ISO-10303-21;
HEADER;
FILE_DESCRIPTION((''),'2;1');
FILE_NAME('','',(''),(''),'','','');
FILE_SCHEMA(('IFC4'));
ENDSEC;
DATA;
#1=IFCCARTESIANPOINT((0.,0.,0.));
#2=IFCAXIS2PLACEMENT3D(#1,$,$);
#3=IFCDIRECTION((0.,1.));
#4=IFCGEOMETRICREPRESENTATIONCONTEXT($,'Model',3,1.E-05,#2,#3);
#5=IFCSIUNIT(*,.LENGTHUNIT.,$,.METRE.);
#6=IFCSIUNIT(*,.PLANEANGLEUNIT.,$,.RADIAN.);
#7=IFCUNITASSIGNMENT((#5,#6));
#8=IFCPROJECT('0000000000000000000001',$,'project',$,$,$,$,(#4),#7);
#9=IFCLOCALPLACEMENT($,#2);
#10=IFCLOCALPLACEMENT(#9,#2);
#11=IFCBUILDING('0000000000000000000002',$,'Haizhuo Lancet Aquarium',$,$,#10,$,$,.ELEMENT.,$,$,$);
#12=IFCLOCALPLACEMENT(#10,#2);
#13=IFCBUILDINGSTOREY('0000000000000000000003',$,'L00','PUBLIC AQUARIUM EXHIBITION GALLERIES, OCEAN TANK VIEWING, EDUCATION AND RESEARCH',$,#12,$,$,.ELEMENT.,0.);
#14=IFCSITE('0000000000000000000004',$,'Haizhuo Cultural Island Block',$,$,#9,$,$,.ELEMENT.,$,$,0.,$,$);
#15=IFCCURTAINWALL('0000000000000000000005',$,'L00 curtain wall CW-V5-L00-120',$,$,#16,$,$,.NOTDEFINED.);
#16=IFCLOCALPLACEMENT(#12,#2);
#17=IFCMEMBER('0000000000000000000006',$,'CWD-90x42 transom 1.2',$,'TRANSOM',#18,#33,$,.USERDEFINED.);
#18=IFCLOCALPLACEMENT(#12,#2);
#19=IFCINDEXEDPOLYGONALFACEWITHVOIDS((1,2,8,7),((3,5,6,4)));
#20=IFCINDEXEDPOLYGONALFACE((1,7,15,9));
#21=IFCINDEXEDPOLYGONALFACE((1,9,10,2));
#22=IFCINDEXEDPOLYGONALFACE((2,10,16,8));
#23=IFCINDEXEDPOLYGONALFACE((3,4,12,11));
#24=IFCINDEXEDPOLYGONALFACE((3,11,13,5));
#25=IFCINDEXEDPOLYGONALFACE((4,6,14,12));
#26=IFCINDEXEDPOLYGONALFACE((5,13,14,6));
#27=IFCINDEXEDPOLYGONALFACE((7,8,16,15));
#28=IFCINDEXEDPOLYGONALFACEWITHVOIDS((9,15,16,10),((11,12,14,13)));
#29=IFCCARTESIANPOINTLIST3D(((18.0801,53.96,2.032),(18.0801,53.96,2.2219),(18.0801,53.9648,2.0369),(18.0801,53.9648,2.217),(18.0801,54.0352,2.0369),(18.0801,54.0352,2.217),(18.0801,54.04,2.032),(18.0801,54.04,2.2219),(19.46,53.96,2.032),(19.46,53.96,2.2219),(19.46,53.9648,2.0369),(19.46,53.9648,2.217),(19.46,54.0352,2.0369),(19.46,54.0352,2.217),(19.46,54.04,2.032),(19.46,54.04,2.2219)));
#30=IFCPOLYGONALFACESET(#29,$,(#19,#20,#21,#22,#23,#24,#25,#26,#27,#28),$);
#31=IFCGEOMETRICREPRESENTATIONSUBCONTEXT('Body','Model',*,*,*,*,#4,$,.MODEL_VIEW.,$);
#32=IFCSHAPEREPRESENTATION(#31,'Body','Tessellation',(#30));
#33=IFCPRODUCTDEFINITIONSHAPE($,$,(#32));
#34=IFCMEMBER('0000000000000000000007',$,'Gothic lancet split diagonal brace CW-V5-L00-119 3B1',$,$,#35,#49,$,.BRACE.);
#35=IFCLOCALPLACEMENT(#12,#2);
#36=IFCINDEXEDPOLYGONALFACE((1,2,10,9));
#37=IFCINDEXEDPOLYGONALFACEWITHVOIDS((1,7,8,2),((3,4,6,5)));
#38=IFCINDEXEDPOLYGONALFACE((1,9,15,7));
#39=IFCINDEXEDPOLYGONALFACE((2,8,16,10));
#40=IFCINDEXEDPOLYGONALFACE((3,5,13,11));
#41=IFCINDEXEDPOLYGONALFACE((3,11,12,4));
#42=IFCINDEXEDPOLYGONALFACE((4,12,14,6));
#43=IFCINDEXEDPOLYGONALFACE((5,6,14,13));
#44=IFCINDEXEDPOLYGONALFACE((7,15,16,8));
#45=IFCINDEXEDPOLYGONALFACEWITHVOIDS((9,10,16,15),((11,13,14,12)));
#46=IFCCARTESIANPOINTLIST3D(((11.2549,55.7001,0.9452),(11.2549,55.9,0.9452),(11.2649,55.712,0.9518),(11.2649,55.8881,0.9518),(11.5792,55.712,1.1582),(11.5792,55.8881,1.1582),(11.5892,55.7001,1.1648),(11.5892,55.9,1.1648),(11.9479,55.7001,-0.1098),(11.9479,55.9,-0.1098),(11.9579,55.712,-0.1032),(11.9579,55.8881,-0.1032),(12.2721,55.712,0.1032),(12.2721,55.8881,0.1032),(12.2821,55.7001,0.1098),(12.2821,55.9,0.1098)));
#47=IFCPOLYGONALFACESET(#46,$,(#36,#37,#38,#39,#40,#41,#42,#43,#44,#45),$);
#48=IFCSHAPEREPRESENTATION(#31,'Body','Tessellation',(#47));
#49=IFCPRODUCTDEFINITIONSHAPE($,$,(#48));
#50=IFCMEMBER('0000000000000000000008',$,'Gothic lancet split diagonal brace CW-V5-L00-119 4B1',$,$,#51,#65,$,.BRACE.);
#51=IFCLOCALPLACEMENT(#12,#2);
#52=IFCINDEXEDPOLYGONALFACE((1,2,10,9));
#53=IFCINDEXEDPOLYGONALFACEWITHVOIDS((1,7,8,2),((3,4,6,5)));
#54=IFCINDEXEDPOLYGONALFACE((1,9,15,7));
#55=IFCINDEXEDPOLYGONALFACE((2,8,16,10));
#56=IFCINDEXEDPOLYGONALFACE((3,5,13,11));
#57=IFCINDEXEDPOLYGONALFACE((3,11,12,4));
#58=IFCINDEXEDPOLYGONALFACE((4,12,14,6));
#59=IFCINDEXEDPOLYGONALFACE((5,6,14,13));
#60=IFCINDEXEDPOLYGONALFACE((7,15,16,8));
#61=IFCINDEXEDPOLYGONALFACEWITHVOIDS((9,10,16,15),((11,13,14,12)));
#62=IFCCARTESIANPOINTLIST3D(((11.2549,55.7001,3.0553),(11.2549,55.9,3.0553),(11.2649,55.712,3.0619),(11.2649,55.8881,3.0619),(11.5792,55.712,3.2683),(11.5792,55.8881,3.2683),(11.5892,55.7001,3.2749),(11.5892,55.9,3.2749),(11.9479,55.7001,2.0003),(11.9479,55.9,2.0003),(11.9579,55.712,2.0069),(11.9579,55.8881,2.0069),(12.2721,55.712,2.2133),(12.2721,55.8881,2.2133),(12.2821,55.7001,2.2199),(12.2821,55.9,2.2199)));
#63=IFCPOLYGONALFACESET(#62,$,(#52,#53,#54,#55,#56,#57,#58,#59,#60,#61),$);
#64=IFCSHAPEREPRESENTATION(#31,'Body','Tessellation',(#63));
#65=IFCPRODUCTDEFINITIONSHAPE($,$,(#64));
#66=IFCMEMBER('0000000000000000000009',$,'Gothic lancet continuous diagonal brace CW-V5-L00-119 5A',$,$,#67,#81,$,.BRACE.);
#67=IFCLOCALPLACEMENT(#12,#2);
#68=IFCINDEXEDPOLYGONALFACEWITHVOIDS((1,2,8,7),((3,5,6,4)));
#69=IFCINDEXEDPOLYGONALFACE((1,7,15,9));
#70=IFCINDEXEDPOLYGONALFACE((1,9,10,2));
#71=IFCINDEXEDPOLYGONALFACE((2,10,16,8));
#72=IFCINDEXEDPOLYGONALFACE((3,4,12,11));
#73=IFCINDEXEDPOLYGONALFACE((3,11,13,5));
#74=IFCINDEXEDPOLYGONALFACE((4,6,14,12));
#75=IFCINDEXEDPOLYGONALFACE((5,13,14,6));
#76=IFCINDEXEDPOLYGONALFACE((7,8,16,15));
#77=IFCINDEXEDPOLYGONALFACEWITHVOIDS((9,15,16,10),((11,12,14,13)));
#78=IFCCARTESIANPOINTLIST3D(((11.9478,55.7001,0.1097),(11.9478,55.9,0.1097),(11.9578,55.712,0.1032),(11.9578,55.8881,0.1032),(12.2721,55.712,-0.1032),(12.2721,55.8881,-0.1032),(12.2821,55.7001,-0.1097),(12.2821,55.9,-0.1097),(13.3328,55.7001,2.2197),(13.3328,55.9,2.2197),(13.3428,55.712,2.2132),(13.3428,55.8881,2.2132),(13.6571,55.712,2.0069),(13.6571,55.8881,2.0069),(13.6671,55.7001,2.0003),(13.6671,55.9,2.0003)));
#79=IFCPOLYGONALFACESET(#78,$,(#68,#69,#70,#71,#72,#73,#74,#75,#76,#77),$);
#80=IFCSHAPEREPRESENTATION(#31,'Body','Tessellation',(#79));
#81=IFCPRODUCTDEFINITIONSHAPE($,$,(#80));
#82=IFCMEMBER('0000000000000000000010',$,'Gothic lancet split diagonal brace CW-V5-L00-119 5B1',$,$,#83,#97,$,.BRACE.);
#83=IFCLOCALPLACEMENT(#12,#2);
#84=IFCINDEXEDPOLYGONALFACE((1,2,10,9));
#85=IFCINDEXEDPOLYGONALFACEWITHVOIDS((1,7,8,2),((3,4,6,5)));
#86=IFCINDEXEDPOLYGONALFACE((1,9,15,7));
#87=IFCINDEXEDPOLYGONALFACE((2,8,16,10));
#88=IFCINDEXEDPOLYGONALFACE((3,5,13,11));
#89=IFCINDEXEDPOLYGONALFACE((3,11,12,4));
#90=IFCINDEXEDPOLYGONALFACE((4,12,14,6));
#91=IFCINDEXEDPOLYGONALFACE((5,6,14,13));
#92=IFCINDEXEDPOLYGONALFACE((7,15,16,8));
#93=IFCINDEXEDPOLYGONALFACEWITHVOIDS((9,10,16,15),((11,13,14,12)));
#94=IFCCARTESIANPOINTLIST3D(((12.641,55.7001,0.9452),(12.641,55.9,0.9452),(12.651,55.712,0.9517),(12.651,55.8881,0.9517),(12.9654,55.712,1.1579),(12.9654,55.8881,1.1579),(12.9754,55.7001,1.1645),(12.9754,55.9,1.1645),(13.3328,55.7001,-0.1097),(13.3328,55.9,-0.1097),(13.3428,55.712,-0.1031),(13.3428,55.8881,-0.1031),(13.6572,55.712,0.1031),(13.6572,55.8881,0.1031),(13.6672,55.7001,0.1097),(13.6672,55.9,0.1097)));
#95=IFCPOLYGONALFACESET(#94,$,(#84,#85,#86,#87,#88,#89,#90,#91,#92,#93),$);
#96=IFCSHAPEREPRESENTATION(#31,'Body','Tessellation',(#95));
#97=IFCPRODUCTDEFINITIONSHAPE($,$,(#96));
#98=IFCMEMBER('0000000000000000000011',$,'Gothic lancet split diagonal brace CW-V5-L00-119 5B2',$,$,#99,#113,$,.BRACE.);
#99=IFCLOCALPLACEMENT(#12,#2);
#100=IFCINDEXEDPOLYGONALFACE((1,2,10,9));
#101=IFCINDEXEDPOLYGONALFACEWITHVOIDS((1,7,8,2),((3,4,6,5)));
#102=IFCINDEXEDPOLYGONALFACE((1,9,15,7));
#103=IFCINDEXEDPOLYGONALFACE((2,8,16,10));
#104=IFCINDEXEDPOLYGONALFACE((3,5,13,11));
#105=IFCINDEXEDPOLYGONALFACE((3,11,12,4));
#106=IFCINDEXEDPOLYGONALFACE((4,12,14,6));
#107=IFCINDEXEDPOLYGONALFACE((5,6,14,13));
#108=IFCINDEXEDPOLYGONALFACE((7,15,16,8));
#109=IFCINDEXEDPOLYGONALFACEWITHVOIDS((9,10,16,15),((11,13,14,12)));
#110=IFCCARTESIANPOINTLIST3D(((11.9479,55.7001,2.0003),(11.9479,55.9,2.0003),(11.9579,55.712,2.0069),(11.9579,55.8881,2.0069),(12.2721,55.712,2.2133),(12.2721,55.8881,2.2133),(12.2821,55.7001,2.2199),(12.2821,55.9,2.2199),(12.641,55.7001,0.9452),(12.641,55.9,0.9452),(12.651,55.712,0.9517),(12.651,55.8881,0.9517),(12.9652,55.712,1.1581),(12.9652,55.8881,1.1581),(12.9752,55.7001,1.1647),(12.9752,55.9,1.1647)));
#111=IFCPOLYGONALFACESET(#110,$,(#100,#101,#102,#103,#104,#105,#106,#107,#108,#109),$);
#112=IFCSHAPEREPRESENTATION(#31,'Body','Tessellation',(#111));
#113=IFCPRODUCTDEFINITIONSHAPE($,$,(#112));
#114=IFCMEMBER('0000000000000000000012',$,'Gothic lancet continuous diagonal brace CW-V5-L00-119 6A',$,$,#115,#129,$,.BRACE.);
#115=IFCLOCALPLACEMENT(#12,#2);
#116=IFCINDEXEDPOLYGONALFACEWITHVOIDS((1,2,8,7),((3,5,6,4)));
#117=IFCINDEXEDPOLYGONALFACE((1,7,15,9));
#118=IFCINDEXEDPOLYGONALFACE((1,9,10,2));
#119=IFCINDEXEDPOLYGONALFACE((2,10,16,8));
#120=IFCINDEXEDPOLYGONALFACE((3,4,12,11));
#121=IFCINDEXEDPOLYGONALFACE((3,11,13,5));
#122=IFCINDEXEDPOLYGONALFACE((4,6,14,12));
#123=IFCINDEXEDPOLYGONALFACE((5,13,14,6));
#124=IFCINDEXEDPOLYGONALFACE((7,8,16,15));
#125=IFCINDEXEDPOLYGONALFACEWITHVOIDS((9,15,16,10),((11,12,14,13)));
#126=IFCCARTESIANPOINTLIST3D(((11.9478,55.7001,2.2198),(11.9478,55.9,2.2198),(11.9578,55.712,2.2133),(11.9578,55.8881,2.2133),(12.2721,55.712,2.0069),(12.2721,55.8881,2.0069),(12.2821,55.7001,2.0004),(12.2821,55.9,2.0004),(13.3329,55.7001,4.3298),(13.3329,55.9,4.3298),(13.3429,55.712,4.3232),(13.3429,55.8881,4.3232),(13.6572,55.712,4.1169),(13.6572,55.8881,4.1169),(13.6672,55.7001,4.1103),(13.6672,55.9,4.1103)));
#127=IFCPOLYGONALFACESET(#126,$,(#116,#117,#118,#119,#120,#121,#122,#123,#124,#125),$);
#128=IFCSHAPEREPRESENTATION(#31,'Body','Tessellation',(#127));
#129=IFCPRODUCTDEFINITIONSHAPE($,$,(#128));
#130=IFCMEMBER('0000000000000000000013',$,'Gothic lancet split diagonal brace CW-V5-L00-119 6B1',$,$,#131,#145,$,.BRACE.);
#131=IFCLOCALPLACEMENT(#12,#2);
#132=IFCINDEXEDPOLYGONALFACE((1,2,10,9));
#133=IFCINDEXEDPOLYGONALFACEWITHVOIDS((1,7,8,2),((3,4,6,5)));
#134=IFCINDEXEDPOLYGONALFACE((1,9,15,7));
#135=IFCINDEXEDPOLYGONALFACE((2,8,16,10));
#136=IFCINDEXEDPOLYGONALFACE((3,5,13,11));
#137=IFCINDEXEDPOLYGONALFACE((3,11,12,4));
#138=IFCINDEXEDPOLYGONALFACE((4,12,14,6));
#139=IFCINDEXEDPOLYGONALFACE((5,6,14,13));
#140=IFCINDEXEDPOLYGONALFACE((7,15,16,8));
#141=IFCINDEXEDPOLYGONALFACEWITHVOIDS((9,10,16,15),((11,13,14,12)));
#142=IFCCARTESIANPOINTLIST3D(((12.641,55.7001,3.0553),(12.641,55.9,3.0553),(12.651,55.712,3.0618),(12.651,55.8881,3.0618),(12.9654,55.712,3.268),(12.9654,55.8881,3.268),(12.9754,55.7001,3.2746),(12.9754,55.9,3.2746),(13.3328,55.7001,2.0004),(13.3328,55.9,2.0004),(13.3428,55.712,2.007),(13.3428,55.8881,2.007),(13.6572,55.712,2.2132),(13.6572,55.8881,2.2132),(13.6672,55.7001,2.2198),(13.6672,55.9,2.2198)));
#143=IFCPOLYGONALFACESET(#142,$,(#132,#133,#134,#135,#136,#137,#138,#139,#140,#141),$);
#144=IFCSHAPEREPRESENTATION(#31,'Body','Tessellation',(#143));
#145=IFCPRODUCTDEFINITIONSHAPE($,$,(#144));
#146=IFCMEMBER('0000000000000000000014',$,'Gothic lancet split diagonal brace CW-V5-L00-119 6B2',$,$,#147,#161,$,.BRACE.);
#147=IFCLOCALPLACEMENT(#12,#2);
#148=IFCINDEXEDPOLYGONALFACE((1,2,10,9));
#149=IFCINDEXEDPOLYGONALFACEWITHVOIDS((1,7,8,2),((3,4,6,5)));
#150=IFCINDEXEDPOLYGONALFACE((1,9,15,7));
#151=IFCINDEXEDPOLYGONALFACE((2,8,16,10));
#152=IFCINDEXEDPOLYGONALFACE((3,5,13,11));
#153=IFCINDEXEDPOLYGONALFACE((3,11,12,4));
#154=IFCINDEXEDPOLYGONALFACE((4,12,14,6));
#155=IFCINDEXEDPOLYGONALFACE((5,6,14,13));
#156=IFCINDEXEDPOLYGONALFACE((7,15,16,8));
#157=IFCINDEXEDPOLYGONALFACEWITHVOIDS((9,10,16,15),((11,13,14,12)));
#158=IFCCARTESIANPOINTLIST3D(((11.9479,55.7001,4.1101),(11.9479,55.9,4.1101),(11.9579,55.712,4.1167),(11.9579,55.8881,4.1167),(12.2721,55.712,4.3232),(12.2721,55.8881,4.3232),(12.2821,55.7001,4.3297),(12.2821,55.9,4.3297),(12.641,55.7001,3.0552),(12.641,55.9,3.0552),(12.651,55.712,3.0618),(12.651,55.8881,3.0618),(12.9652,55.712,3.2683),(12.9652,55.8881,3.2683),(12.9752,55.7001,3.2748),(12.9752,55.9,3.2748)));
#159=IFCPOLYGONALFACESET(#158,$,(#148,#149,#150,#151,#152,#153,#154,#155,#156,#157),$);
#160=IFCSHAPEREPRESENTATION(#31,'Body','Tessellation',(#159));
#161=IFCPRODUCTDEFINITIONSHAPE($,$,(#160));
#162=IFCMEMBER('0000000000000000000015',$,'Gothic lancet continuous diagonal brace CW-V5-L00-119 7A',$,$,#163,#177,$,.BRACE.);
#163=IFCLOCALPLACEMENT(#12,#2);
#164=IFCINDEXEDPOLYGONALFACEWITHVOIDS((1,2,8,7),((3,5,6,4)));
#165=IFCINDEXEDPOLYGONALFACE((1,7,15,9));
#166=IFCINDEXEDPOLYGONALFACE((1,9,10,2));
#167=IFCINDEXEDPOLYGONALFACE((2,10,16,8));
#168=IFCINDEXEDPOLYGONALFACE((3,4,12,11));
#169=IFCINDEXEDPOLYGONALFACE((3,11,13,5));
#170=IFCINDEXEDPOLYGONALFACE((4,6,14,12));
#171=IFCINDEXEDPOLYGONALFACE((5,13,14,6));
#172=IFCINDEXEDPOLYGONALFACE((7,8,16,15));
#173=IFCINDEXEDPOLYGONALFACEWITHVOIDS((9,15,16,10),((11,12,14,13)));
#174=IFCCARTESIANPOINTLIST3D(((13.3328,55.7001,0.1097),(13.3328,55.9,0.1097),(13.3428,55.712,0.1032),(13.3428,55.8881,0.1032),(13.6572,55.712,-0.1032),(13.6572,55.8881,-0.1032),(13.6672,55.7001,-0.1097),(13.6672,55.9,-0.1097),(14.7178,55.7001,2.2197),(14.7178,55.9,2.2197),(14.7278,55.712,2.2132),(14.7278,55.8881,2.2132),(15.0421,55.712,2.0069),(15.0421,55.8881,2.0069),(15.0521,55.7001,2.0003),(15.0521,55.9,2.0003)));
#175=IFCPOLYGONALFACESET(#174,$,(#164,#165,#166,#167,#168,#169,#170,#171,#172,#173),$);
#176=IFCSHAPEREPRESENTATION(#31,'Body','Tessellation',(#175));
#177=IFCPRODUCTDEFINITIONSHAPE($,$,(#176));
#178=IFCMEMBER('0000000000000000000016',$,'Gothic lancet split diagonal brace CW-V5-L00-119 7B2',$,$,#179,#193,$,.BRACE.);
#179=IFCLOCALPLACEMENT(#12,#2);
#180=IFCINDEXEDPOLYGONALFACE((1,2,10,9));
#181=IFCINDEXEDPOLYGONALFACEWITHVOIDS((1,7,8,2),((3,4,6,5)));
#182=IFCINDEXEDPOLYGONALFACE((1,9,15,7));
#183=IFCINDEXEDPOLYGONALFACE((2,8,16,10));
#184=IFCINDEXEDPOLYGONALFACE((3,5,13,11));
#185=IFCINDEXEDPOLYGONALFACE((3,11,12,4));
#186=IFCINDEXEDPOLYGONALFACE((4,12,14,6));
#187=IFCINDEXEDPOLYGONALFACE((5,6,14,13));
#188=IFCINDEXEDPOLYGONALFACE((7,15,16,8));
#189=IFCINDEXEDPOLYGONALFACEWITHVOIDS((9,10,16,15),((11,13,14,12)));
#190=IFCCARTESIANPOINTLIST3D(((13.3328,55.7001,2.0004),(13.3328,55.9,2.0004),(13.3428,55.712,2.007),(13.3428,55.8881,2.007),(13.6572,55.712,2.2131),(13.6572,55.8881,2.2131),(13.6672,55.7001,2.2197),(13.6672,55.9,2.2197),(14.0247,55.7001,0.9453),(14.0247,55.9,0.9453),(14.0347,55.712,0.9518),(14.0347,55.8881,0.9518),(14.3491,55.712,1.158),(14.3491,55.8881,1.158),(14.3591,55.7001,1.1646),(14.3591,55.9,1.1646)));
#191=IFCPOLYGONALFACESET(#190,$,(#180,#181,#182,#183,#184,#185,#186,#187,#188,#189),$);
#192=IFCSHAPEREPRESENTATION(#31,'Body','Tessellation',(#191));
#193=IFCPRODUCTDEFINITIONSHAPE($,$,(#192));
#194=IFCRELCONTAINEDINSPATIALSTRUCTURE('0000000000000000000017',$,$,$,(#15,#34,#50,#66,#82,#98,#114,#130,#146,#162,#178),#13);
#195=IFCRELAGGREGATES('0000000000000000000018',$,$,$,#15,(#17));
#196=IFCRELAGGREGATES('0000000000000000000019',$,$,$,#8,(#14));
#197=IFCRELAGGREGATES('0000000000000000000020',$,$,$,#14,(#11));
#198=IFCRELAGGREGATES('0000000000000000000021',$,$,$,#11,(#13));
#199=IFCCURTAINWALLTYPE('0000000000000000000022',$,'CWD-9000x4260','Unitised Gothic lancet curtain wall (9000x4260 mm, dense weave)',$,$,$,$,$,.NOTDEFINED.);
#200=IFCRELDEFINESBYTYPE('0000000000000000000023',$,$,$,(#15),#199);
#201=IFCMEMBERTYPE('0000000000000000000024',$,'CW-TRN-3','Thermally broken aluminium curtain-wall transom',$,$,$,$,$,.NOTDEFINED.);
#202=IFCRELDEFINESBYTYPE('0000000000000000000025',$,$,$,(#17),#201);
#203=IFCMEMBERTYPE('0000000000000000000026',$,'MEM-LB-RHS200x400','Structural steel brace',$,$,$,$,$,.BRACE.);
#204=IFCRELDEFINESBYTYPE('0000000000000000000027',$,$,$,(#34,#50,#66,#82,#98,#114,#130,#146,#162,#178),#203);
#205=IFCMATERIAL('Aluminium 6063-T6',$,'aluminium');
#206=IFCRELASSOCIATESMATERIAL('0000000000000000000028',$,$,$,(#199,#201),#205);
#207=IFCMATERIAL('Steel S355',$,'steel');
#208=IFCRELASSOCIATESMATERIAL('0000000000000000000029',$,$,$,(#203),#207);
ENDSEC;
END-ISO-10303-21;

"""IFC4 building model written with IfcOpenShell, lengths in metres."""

from ifc_helpers import new_model, si_unit, direction, frame, origin, origin_2d, place, context, subcontext, project, spatial, hollow_rectangle, extrude, material, material_profile, profile_set, type_object, element, aggregate, save


model = new_model("IFC4")

# Units and contexts
model_context = context("Model", 3, precision=1e-05, world=origin(), true_north=direction((0.0, 1.0)))
body_context = subcontext(model_context, "Body", "Model", "MODEL_VIEW")
ifc_project = project(units=[si_unit("LENGTHUNIT", "METRE"), si_unit("PLANEANGLEUNIT", "RADIAN")], contexts=[model_context])

# Site, building, storey
site_placement = place(None, origin())
site = spatial("IfcSite", under=ifc_project, at=site_placement, Name="Haizhuo Cultural Island Block", CompositionType="ELEMENT", RefElevation=0.0)
building_placement = place(site_placement, origin())
building = spatial("IfcBuilding", under=site, at=building_placement, Name="Haizhuo Lancet Aquarium", CompositionType="ELEMENT")
storey_placement = place(building_placement, origin())
storey = spatial("IfcBuildingStorey", under=building, at=storey_placement, Name="L00", Description="PUBLIC AQUARIUM EXHIBITION GALLERIES, OCEAN TANK VIEWING, EDUCATION AND RESEARCH", CompositionType="ELEMENT", Elevation=0.0)

# Shared definitions
ifc_material_1 = material(Name="Aluminium 6063-T6", Category="aluminium")

# Curtain wall
curtain_wall_type_1 = type_object("IfcCurtainWallType", Name="CWD-9000x4260", Description="Unitised Gothic lancet curtain wall (9000x4260 mm, dense weave)", PredefinedType="NOTDEFINED", material=ifc_material_1)
curtain_wall_1_placement = place(storey_placement, origin())
curtain_wall_1 = element("IfcCurtainWall", 1, at=curtain_wall_1_placement, inside=storey, type_object=curtain_wall_type_1, Name="L00 curtain wall CW-V5-L00-120", PredefinedType="NOTDEFINED")

# Member
ifc_material_profile_1 = material_profile(ifc_material_1, hollow_rectangle(XDim=0.0801, YDim=0.1899, WallThickness=0.0049, at=origin_2d()), Name="ALU-T 80x190x5")
ifc_profile_set_1 = profile_set([ifc_material_profile_1], Name="Aluminium 6063-T6")
member_type_1 = type_object("IfcMemberType", Name="CW-TRN-3", Description="Thermally broken aluminium curtain-wall transom", PredefinedType="NOTDEFINED", material=ifc_profile_set_1)
member_1_placement = place(storey_placement, frame((18.0801, 54.0, 2.127), z_axis=(1.0, 0.0, 0.0), x_axis=(0.0, 1.0, 0.0)))
member_1 = element("IfcMember", 2, at=member_1_placement, type_object=member_type_1, Name="CWD-90x42 transom 1.2", ObjectType="TRANSOM", PredefinedType="USERDEFINED", context=body_context, shape_type="SweptSolid", body=[
    extrude(hollow_rectangle(XDim=0.0801, YDim=0.1899, WallThickness=0.0049, at=origin_2d()), origin(), (0.0, 0.0, 1.0), 1.3799),
])
aggregate(curtain_wall_1, [member_1])

# Members
ifc_material_2 = material(Name="Steel S355", Category="steel")
ifc_material_profile_2 = material_profile(ifc_material_2, hollow_rectangle(XDim=0.2, YDim=0.3999, WallThickness=0.012, at=origin_2d()), Name="RHS 200x400x12")
ifc_profile_set_2 = profile_set([ifc_material_profile_2], Name="Steel S355")
member_type_2 = type_object("IfcMemberType", Name="MEM-LB-RHS200x400", Description="Structural steel brace", PredefinedType="BRACE", material=ifc_profile_set_2)
for number, where, z_axis, x_axis, name in (
    (3, (12.115, 55.8, 0.0), (-0.548973, 0.0, 0.83584), (0.0, -1.0, 0.0), "Gothic lancet split diagonal brace CW-V5-L00-119 3B1"),
    (4, (12.115, 55.8, 2.1101), (-0.548973, 0.0, 0.83584), (0.0, -1.0, 0.0), "Gothic lancet split diagonal brace CW-V5-L00-119 4B1"),
):
    element("IfcMember", number, at=place(storey_placement, frame(where, z_axis=z_axis, x_axis=x_axis)), inside=storey, type_object=member_type_2, Name=name, PredefinedType="BRACE", context=body_context, shape_type="SweptSolid", body=[
        extrude(hollow_rectangle(XDim=0.2, YDim=0.3999, WallThickness=0.012, at=origin_2d()), origin(), (0.0, 0.0, 1.0), 1.2622),
    ])
member_2_placement = place(storey_placement, frame((12.115, 55.8, 0.0), z_axis=(0.548726, 0.0, 0.836002), x_axis=(0.0, 1.0, 0.0)))
element("IfcMember", 5, at=member_2_placement, inside=storey, type_object=member_type_2, Name="Gothic lancet continuous diagonal brace CW-V5-L00-119 5A", PredefinedType="BRACE", context=body_context, shape_type="SweptSolid", body=[
    extrude(hollow_rectangle(XDim=0.2, YDim=0.3999, WallThickness=0.012, at=origin_2d()), origin(), (0.0, 0.0, 1.0), 2.5239),
])
member_3_placement = place(storey_placement, frame((13.5, 55.8, 0.0), z_axis=(-0.548432, 0.0, 0.836195), x_axis=(0.0, -1.0, 0.0)))
element("IfcMember", 6, at=member_3_placement, inside=storey, type_object=member_type_2, Name="Gothic lancet split diagonal brace CW-V5-L00-119 5B1", PredefinedType="BRACE", context=body_context, shape_type="SweptSolid", body=[
    extrude(hollow_rectangle(XDim=0.2, YDim=0.3999, WallThickness=0.012, at=origin_2d()), origin(), (0.0, 0.0, 1.0), 1.2615),
])
member_4_placement = place(storey_placement, frame((12.8081, 55.8, 1.0549), z_axis=(-0.54902, 0.0, 0.835809), x_axis=(0.0, -1.0, 0.0)))
element("IfcMember", 7, at=member_4_placement, inside=storey, type_object=member_type_2, Name="Gothic lancet split diagonal brace CW-V5-L00-119 5B2", PredefinedType="BRACE", context=body_context, shape_type="SweptSolid", body=[
    extrude(hollow_rectangle(XDim=0.2, YDim=0.3999, WallThickness=0.012, at=origin_2d()), origin(), (0.0, 0.0, 1.0), 1.2625),
])
member_5_placement = place(storey_placement, frame((12.115, 55.8, 2.1101), z_axis=(0.548771, 0.0, 0.835973), x_axis=(0.0, 1.0, 0.0)))
element("IfcMember", 8, at=member_5_placement, inside=storey, type_object=member_type_2, Name="Gothic lancet continuous diagonal brace CW-V5-L00-119 6A", PredefinedType="BRACE", context=body_context, shape_type="SweptSolid", body=[
    extrude(hollow_rectangle(XDim=0.2, YDim=0.3999, WallThickness=0.012, at=origin_2d()), origin(), (0.0, 0.0, 1.0), 2.5239),
])
member_6_placement = place(storey_placement, frame((13.5, 55.8, 2.1101), z_axis=(-0.548432, 0.0, 0.836195), x_axis=(0.0, -1.0, 0.0)))
element("IfcMember", 9, at=member_6_placement, inside=storey, type_object=member_type_2, Name="Gothic lancet split diagonal brace CW-V5-L00-119 6B1", PredefinedType="BRACE", context=body_context, shape_type="SweptSolid", body=[
    extrude(hollow_rectangle(XDim=0.2, YDim=0.3999, WallThickness=0.012, at=origin_2d()), origin(), (0.0, 0.0, 1.0), 1.2615),
])
member_7_placement = place(storey_placement, frame((12.8081, 55.8, 3.165), z_axis=(-0.549108, 0.0, 0.835751), x_axis=(0.0, -1.0, 0.0)))
element("IfcMember", 10, at=member_7_placement, inside=storey, type_object=member_type_2, Name="Gothic lancet split diagonal brace CW-V5-L00-119 6B2", PredefinedType="BRACE", context=body_context, shape_type="SweptSolid", body=[
    extrude(hollow_rectangle(XDim=0.2, YDim=0.3999, WallThickness=0.012, at=origin_2d()), origin(), (0.0, 0.0, 1.0), 1.2622),
])
member_8_placement = place(storey_placement, frame((13.5, 55.8, 0.0), z_axis=(0.548726, 0.0, 0.836002), x_axis=(0.0, 1.0, 0.0)))
element("IfcMember", 11, at=member_8_placement, inside=storey, type_object=member_type_2, Name="Gothic lancet continuous diagonal brace CW-V5-L00-119 7A", PredefinedType="BRACE", context=body_context, shape_type="SweptSolid", body=[
    extrude(hollow_rectangle(XDim=0.2, YDim=0.3999, WallThickness=0.012, at=origin_2d()), origin(), (0.0, 0.0, 1.0), 2.5239),
])
member_9_placement = place(storey_placement, frame((14.1919, 55.8, 1.0549), z_axis=(-0.548344, 0.0, 0.836253), x_axis=(0.0, -1.0, 0.0)))
element("IfcMember", 12, at=member_9_placement, inside=storey, type_object=member_type_2, Name="Gothic lancet split diagonal brace CW-V5-L00-119 7B2", PredefinedType="BRACE", context=body_context, shape_type="SweptSolid", body=[
    extrude(hollow_rectangle(XDim=0.2, YDim=0.3999, WallThickness=0.012, at=origin_2d()), origin(), (0.0, 0.0, 1.0), 1.2617),
])

save(model, "model.ifc")
